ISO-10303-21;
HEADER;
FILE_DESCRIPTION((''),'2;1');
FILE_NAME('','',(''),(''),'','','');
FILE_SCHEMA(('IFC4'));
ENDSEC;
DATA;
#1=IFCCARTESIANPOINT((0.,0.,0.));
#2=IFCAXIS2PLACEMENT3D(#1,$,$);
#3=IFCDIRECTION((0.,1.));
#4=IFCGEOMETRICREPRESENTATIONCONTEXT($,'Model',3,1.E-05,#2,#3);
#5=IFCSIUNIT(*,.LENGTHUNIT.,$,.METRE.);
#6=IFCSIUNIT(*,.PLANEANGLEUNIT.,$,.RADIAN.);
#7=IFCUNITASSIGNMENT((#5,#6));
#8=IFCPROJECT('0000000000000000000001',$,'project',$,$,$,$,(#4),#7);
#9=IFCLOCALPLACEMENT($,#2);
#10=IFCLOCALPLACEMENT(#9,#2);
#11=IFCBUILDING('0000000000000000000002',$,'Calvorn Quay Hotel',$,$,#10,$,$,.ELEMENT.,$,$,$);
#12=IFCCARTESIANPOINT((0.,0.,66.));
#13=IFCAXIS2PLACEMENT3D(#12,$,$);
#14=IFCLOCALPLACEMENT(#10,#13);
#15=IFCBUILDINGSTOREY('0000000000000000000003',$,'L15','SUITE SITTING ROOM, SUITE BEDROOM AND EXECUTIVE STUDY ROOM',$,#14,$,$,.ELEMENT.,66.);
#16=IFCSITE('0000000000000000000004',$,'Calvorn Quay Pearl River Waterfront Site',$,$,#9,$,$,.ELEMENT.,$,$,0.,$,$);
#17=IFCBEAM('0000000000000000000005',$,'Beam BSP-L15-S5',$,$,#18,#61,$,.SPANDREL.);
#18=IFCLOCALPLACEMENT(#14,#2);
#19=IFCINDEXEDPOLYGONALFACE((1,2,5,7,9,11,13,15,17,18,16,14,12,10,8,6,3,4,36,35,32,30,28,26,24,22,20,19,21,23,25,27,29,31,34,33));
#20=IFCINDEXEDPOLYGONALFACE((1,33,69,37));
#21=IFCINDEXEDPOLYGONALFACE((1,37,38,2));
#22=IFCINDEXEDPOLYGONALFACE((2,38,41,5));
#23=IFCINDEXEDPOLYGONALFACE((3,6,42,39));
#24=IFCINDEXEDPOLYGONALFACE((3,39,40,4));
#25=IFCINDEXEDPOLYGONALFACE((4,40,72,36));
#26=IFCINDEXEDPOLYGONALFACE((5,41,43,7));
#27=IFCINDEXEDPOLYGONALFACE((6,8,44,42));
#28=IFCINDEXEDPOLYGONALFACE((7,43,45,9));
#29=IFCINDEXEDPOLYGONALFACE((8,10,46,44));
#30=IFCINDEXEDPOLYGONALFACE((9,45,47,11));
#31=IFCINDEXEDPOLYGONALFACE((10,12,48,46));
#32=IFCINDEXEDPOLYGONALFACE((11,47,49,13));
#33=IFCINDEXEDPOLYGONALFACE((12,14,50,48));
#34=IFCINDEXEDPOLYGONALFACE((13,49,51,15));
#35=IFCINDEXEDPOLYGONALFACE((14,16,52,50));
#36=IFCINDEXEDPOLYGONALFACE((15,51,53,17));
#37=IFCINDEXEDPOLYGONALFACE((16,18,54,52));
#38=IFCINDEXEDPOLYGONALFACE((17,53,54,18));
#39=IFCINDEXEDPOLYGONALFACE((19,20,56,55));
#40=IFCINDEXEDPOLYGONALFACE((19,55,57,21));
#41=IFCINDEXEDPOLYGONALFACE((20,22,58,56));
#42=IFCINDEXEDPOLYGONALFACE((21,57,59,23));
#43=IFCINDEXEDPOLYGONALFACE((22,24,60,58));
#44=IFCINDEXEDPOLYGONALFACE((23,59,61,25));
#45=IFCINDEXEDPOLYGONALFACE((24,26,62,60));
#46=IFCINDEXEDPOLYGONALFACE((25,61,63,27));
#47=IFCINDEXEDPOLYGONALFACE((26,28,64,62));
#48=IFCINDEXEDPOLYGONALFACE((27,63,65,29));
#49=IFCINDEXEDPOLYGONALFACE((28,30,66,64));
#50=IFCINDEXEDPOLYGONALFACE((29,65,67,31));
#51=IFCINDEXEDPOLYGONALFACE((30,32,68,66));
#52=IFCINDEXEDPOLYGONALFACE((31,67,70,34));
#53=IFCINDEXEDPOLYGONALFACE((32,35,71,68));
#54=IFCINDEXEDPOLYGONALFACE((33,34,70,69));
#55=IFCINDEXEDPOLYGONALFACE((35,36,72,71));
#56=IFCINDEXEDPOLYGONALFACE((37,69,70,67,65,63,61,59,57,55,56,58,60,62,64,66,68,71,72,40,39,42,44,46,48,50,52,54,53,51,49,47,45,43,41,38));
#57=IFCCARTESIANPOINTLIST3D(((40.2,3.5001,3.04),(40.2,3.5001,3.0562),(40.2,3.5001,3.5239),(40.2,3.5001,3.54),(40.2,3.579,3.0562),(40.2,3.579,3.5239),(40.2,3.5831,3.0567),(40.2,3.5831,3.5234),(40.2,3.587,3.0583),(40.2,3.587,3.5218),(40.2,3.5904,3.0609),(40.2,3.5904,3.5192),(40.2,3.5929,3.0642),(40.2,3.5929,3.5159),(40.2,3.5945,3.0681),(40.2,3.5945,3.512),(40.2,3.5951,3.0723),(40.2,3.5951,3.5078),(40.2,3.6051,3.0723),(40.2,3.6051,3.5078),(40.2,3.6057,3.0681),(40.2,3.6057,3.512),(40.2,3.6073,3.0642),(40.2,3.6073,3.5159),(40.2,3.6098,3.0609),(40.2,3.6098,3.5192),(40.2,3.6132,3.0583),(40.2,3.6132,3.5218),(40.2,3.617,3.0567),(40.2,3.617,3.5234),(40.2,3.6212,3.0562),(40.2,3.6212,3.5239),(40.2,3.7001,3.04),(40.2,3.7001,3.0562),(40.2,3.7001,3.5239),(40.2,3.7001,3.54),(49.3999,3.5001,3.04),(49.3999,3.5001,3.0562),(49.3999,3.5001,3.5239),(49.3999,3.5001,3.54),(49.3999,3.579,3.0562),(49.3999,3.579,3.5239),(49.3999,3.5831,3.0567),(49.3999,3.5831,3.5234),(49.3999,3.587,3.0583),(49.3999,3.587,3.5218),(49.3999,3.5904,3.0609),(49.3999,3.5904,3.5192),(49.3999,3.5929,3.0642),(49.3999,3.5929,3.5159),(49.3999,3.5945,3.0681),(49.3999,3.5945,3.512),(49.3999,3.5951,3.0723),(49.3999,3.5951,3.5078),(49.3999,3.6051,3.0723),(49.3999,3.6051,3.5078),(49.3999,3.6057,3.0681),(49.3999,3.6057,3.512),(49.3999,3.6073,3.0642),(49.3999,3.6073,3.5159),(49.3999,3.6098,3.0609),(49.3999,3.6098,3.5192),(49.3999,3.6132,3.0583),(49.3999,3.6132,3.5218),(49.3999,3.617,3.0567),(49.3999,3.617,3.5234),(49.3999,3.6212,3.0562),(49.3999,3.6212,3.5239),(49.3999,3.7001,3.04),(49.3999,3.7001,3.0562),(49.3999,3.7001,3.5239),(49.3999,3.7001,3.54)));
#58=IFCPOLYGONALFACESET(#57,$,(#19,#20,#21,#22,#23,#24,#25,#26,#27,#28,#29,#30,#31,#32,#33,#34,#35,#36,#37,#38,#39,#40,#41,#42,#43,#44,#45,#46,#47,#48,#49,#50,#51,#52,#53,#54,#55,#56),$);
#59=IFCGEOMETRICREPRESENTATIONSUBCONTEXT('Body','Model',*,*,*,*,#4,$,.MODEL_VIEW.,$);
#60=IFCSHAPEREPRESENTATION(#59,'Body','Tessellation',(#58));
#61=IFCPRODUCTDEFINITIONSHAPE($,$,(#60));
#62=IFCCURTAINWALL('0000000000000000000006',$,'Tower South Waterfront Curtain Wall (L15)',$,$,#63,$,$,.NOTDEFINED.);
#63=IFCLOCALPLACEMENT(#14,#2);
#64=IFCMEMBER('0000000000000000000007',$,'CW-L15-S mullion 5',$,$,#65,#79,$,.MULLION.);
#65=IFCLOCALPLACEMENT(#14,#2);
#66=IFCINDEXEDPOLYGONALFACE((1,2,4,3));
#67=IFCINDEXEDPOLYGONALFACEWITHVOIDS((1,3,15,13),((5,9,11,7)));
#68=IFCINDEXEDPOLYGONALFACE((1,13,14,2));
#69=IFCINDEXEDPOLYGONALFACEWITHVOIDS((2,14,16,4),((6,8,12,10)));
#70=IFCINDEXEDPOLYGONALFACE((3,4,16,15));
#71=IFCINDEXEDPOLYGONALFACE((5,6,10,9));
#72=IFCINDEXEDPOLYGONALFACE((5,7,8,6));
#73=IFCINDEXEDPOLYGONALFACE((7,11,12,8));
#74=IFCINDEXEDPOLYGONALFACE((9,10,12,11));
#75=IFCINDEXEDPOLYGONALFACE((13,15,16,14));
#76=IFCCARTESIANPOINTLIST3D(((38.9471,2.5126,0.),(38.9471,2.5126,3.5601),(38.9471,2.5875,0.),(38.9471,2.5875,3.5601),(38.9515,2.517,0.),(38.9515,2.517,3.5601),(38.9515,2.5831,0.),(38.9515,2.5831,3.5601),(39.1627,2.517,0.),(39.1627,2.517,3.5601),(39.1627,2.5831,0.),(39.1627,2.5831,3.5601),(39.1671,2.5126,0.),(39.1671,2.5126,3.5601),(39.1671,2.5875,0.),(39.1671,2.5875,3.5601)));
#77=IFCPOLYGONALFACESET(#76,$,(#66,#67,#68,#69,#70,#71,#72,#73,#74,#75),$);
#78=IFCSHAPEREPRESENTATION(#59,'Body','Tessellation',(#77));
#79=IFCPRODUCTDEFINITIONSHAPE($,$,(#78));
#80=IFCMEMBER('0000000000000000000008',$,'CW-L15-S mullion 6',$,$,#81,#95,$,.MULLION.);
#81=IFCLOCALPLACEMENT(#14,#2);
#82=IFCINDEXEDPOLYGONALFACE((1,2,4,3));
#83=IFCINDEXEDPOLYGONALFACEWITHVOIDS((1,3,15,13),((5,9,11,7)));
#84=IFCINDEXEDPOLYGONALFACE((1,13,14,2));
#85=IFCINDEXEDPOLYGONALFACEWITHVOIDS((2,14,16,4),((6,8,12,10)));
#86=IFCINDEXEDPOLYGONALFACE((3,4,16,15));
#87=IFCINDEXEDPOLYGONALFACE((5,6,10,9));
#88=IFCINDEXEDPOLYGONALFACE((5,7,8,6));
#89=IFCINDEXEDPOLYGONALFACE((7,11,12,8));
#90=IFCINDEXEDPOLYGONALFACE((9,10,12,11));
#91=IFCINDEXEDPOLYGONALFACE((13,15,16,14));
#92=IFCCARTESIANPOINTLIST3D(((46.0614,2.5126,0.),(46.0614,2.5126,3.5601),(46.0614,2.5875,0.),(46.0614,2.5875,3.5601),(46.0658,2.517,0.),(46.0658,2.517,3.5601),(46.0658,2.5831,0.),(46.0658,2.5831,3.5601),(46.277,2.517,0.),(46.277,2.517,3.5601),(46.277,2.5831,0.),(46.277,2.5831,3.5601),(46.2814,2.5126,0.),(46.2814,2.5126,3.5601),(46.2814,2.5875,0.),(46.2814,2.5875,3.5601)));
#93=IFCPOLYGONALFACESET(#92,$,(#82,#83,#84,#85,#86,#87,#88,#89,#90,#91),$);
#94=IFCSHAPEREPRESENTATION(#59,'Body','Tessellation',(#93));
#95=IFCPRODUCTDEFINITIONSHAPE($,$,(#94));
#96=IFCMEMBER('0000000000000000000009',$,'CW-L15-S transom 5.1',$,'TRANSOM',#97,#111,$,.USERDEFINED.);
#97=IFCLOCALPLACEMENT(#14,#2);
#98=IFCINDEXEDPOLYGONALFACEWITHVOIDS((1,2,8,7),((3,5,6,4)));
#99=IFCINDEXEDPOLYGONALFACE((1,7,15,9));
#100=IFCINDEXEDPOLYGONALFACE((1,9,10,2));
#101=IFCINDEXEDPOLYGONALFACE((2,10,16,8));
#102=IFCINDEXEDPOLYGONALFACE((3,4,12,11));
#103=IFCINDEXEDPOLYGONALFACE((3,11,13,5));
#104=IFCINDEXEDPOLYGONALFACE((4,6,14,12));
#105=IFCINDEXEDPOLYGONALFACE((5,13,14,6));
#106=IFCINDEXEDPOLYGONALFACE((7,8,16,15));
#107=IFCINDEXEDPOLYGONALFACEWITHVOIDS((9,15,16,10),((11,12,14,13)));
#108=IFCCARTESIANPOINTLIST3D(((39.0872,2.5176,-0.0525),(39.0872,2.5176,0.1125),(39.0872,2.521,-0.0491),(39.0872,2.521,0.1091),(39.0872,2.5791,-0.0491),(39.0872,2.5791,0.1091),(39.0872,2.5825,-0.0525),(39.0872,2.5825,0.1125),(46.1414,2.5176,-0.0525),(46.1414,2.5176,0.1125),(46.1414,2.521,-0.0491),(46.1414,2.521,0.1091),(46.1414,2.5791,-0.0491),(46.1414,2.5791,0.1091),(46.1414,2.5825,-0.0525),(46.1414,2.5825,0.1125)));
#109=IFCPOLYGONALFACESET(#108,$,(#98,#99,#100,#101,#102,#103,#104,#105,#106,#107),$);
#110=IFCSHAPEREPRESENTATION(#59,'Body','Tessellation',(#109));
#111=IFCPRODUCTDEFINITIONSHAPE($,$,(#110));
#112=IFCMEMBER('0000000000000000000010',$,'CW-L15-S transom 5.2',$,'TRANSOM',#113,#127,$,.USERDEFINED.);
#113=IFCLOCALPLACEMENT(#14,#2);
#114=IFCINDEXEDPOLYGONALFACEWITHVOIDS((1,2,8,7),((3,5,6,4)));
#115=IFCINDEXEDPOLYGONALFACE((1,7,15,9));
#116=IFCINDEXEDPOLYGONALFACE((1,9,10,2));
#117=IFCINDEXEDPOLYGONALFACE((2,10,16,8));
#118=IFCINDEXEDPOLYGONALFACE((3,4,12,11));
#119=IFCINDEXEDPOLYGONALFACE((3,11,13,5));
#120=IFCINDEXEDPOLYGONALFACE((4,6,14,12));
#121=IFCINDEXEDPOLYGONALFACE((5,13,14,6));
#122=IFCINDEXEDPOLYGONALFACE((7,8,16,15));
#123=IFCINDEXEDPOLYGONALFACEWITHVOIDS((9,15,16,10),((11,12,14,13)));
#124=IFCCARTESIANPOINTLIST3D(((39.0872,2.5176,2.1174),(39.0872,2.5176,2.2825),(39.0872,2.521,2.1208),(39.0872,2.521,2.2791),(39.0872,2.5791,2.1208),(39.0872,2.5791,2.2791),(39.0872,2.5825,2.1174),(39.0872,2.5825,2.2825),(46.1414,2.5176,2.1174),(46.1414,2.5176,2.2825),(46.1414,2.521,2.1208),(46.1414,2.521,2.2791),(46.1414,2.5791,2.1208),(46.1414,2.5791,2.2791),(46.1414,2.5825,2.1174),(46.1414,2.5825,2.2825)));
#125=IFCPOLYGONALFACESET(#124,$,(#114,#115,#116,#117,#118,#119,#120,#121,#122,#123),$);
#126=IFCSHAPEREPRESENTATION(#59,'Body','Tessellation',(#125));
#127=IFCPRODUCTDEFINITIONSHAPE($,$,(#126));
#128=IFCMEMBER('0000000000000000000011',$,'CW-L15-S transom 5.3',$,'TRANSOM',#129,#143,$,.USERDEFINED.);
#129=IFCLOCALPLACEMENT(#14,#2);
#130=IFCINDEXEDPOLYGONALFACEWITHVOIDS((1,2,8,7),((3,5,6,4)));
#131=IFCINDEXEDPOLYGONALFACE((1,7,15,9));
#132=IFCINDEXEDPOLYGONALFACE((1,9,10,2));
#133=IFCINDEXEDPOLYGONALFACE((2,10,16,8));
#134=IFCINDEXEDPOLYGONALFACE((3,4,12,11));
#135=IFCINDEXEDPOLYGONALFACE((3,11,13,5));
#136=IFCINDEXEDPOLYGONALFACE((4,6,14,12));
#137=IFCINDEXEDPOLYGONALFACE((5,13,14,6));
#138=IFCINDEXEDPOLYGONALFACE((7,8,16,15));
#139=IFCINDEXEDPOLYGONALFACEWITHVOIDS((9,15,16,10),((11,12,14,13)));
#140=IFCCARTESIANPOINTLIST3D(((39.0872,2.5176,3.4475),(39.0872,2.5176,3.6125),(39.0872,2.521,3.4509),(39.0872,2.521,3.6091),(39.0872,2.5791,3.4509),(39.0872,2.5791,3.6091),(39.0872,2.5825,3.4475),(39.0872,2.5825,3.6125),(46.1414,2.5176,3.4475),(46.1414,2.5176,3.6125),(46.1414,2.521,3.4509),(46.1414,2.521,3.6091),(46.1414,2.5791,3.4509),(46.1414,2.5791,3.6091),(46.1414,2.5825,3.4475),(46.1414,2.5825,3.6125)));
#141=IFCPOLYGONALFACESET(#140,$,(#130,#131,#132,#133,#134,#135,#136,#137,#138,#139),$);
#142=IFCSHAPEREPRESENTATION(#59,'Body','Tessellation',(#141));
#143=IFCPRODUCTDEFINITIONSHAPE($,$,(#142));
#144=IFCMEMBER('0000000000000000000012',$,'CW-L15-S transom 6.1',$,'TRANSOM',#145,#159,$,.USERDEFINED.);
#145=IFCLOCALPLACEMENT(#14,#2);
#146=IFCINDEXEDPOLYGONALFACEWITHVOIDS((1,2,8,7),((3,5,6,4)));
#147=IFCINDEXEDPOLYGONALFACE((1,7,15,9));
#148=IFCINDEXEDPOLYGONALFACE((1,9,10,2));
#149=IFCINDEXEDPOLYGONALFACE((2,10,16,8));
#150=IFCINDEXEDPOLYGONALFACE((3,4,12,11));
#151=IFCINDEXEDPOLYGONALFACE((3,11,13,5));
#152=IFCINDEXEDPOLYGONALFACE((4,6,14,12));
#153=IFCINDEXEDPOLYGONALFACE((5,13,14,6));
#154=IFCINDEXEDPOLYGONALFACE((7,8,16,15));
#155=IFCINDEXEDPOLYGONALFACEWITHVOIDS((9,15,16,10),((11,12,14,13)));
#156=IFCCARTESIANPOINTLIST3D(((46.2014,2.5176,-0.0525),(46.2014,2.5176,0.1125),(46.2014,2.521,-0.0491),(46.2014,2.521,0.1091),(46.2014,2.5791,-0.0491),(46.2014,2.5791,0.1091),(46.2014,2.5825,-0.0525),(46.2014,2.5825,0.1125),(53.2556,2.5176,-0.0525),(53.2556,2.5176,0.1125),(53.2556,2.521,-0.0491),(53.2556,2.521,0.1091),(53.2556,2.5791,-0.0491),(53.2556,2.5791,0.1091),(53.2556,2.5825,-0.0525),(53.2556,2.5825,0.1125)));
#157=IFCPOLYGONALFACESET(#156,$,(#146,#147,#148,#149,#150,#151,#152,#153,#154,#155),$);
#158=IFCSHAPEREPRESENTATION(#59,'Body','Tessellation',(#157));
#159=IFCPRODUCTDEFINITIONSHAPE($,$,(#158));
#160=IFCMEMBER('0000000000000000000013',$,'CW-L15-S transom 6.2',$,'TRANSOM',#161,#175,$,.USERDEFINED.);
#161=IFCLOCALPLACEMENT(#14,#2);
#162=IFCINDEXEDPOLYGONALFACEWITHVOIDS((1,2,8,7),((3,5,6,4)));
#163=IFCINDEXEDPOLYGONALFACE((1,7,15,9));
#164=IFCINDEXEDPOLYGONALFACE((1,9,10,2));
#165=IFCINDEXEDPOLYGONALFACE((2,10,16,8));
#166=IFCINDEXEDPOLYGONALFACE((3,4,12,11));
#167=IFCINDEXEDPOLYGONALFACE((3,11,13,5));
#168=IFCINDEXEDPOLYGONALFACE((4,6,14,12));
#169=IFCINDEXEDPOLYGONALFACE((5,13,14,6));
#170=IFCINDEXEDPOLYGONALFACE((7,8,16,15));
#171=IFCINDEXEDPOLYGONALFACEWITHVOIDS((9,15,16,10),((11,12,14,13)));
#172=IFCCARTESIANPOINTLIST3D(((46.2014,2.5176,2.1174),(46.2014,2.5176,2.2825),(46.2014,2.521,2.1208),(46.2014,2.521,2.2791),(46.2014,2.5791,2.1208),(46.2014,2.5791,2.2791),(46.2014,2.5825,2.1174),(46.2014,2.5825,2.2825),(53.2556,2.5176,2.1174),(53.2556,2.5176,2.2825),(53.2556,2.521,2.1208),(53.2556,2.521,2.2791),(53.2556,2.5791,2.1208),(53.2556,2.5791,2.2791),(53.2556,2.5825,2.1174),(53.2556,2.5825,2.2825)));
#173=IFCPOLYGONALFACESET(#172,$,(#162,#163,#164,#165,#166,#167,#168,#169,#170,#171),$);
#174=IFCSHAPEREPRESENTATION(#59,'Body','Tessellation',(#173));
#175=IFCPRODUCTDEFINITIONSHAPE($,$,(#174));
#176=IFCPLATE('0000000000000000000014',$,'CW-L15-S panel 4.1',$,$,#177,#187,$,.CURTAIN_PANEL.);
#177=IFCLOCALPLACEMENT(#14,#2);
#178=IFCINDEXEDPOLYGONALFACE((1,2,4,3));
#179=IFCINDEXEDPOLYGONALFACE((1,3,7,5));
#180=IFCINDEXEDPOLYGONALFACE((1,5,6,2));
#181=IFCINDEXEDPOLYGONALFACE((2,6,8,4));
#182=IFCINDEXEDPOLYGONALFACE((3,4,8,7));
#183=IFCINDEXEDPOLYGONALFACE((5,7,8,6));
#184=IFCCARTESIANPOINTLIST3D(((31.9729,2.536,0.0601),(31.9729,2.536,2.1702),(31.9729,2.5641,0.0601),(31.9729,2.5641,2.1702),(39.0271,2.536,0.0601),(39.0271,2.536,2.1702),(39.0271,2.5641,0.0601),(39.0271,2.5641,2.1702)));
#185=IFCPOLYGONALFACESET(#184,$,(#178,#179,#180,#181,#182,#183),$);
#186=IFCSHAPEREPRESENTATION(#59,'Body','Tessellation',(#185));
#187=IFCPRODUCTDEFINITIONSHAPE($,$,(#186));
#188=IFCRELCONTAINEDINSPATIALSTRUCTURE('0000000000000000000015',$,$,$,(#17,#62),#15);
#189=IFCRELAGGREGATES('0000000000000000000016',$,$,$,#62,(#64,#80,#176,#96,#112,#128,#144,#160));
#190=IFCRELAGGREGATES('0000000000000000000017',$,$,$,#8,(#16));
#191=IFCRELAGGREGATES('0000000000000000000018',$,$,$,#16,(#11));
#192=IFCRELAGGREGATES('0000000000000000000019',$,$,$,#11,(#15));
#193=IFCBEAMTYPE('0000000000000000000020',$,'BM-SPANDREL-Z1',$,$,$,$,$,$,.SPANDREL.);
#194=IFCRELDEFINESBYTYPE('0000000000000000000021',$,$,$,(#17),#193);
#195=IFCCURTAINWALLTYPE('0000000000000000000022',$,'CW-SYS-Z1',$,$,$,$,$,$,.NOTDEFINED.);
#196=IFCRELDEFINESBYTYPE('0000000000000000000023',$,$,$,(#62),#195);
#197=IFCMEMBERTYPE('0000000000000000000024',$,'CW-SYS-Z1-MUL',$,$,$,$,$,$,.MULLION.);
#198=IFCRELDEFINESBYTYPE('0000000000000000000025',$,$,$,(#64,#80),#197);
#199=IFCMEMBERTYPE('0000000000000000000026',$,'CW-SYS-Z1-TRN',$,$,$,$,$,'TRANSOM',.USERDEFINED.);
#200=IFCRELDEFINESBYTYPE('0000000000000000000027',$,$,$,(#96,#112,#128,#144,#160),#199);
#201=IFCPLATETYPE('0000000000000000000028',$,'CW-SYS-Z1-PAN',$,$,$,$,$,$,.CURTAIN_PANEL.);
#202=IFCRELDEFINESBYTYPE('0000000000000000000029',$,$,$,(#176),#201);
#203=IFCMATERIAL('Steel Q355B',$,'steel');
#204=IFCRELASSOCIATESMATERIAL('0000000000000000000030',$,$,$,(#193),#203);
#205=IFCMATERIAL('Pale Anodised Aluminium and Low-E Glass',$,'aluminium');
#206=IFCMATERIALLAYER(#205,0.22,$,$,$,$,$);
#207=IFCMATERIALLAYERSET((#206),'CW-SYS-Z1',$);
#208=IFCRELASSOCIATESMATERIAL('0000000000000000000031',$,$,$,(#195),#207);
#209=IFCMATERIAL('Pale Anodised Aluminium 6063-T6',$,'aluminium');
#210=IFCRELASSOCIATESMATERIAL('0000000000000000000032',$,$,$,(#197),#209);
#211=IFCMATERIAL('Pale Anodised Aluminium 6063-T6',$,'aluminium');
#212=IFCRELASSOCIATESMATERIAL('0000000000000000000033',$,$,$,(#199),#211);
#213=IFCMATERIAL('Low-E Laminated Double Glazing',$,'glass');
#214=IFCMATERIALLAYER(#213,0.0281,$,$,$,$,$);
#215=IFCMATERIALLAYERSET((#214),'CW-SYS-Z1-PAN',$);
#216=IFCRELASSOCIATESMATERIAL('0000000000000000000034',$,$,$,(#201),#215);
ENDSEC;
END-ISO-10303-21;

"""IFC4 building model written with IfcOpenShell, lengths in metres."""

from ifc_helpers import new_model, si_unit, direction, frame, origin, origin_2d, place, context, subcontext, project, spatial, rectangle, hollow_rectangle, i_section, extrude, material, layer, layer_set, material_profile, profile_set, type_object, element, aggregate, save


model = new_model("IFC4")

# Units and contexts
model_context = context("Model", 3, precision=1e-05, world=origin(), true_north=direction((0.0, 1.0)))
body_context = subcontext(model_context, "Body", "Model", "MODEL_VIEW")
ifc_project = project(units=[si_unit("LENGTHUNIT", "METRE"), si_unit("PLANEANGLEUNIT", "RADIAN")], contexts=[model_context])

# Site, building, storey
site_placement = place(None, origin())
site = spatial("IfcSite", under=ifc_project, at=site_placement, Name="Calvorn Quay Pearl River Waterfront Site", CompositionType="ELEMENT", RefElevation=0.0)
building_placement = place(site_placement, origin())
building = spatial("IfcBuilding", under=site, at=building_placement, Name="Calvorn Quay Hotel", CompositionType="ELEMENT")
storey_placement = place(building_placement, frame((0.0, 0.0, 66.0)))
storey = spatial("IfcBuildingStorey", under=building, at=storey_placement, Name="L15", Description="SUITE SITTING ROOM, SUITE BEDROOM AND EXECUTIVE STUDY ROOM", CompositionType="ELEMENT", Elevation=66.0)

# Beam
ifc_material_1 = material(Name="Steel Q355B", Category="steel")
ifc_material_profile_1 = material_profile(ifc_material_1, i_section(OverallWidth=0.2, OverallDepth=0.5, WebThickness=0.01, FlangeThickness=0.0161, FilletRadius=0.0161, at=origin_2d()), Name="HN500x200x10x16")
ifc_profile_set_1 = profile_set([ifc_material_profile_1], Name="Steel Q355B")
beam_type_1 = type_object("IfcBeamType", Name="BM-SPANDREL-Z1", PredefinedType="SPANDREL", material=ifc_profile_set_1)
beam_1_placement = place(storey_placement, frame((40.2, 3.6001, 3.29), z_axis=(1.0, 0.0, 0.0), x_axis=(0.0, 1.0, 0.0)))
element("IfcBeam", 1, at=beam_1_placement, inside=storey, type_object=beam_type_1, Name="Beam BSP-L15-S5", PredefinedType="SPANDREL", context=body_context, shape_type="SweptSolid", body=[
    extrude(i_section(OverallWidth=0.2, OverallDepth=0.5, WebThickness=0.01, FlangeThickness=0.0161, FilletRadius=0.0161, at=origin_2d()), origin(), (0.0, 0.0, 1.0), 9.2),
])

# Curtain wall, members, plate
ifc_material_2 = material(Name="Pale Anodised Aluminium and Low-E Glass", Category="aluminium")
ifc_layer_1 = layer(ifc_material_2, 0.22)
ifc_layer_set_1 = layer_set([ifc_layer_1], Name="CW-SYS-Z1")
curtain_wall_type = type_object("IfcCurtainWallType", Name="CW-SYS-Z1", PredefinedType="NOTDEFINED", material=ifc_layer_set_1)
curtain_wall_placement = place(storey_placement, origin())
curtain_wall = element("IfcCurtainWall", 2, at=curtain_wall_placement, inside=storey, type_object=curtain_wall_type, Name="Tower South Waterfront Curtain Wall (L15)", PredefinedType="NOTDEFINED")
ifc_material_3 = material(Name="Pale Anodised Aluminium 6063-T6", Category="aluminium")
ifc_material_profile_2 = material_profile(ifc_material_3, hollow_rectangle(XDim=0.075, YDim=0.22, WallThickness=0.0044, at=origin_2d()), Name="ALU-M220x75x4.5")
ifc_profile_set_2 = profile_set([ifc_material_profile_2], Name="Pale Anodised Aluminium 6063-T6")
member_type_1 = type_object("IfcMemberType", Name="CW-SYS-Z1-MUL", PredefinedType="MULLION", material=ifc_profile_set_2)
member_1_placement = place(storey_placement, frame((39.0571, 2.55, 0.0), z_axis=(0.0, 0.0, 1.0), x_axis=(0.0, 1.0, 0.0)))
member_1 = element("IfcMember", 3, at=member_1_placement, type_object=member_type_1, Name="CW-L15-S mullion 5", PredefinedType="MULLION", context=body_context, shape_type="SweptSolid", body=[
    extrude(hollow_rectangle(XDim=0.075, YDim=0.22, WallThickness=0.0044, at=origin_2d()), origin(), (0.0, 0.0, 1.0), 3.5601),
])
member_2_placement = place(storey_placement, frame((46.1714, 2.55, 0.0), z_axis=(0.0, 0.0, 1.0), x_axis=(0.0, 1.0, 0.0)))
member_2 = element("IfcMember", 4, at=member_2_placement, type_object=member_type_1, Name="CW-L15-S mullion 6", PredefinedType="MULLION", context=body_context, shape_type="SweptSolid", body=[
    extrude(hollow_rectangle(XDim=0.075, YDim=0.22, WallThickness=0.0044, at=origin_2d()), origin(), (0.0, 0.0, 1.0), 3.5601),
])
ifc_material_4 = material(Name="Pale Anodised Aluminium 6063-T6", Category="aluminium")
ifc_material_profile_3 = material_profile(ifc_material_4, hollow_rectangle(XDim=0.0649, YDim=0.165, WallThickness=0.0034, at=origin_2d()), Name="ALU-T165x65x3.5")
ifc_profile_set_3 = profile_set([ifc_material_profile_3], Name="Pale Anodised Aluminium 6063-T6")
member_type_2 = type_object("IfcMemberType", Name="CW-SYS-Z1-TRN", ElementType="TRANSOM", PredefinedType="USERDEFINED", material=ifc_profile_set_3)
member_3_placement = place(storey_placement, frame((39.0872, 2.55, 0.03), z_axis=(1.0, 0.0, 0.0), x_axis=(0.0, 1.0, 0.0)))
member_3 = element("IfcMember", 5, at=member_3_placement, type_object=member_type_2, Name="CW-L15-S transom 5.1", ObjectType="TRANSOM", PredefinedType="USERDEFINED", context=body_context, shape_type="SweptSolid", body=[
    extrude(hollow_rectangle(XDim=0.0649, YDim=0.165, WallThickness=0.0034, at=origin_2d()), origin(), (0.0, 0.0, 1.0), 7.0542),
])
member_4_placement = place(storey_placement, frame((39.0872, 2.55, 2.2), z_axis=(1.0, 0.0, 0.0), x_axis=(0.0, 1.0, 0.0)))
member_4 = element("IfcMember", 6, at=member_4_placement, type_object=member_type_2, Name="CW-L15-S transom 5.2", ObjectType="TRANSOM", PredefinedType="USERDEFINED", context=body_context, shape_type="SweptSolid", body=[
    extrude(hollow_rectangle(XDim=0.0649, YDim=0.165, WallThickness=0.0034, at=origin_2d()), origin(), (0.0, 0.0, 1.0), 7.0542),
])
member_5_placement = place(storey_placement, frame((39.0872, 2.55, 3.53), z_axis=(1.0, 0.0, 0.0), x_axis=(0.0, 1.0, 0.0)))
member_5 = element("IfcMember", 7, at=member_5_placement, type_object=member_type_2, Name="CW-L15-S transom 5.3", ObjectType="TRANSOM", PredefinedType="USERDEFINED", context=body_context, shape_type="SweptSolid", body=[
    extrude(hollow_rectangle(XDim=0.0649, YDim=0.165, WallThickness=0.0034, at=origin_2d()), origin(), (0.0, 0.0, 1.0), 7.0542),
])
member_6_placement = place(storey_placement, frame((46.2014, 2.55, 0.03), z_axis=(1.0, 0.0, 0.0), x_axis=(0.0, 1.0, 0.0)))
member_6 = element("IfcMember", 8, at=member_6_placement, type_object=member_type_2, Name="CW-L15-S transom 6.1", ObjectType="TRANSOM", PredefinedType="USERDEFINED", context=body_context, shape_type="SweptSolid", body=[
    extrude(hollow_rectangle(XDim=0.0649, YDim=0.165, WallThickness=0.0034, at=origin_2d()), origin(), (0.0, 0.0, 1.0), 7.0542),
])
member_7_placement = place(storey_placement, frame((46.2014, 2.55, 2.2), z_axis=(1.0, 0.0, 0.0), x_axis=(0.0, 1.0, 0.0)))
member_7 = element("IfcMember", 9, at=member_7_placement, type_object=member_type_2, Name="CW-L15-S transom 6.2", ObjectType="TRANSOM", PredefinedType="USERDEFINED", context=body_context, shape_type="SweptSolid", body=[
    extrude(hollow_rectangle(XDim=0.0649, YDim=0.165, WallThickness=0.0034, at=origin_2d()), origin(), (0.0, 0.0, 1.0), 7.0542),
])
ifc_material_5 = material(Name="Low-E Laminated Double Glazing", Category="glass")
ifc_layer_2 = layer(ifc_material_5, 0.0281)
ifc_layer_set_2 = layer_set([ifc_layer_2], Name="CW-SYS-Z1-PAN")
plate_type = type_object("IfcPlateType", Name="CW-SYS-Z1-PAN", PredefinedType="CURTAIN_PANEL", material=ifc_layer_set_2)
plate_1_placement = place(storey_placement, frame((35.5, 2.55, 0.0601), z_axis=(0.0, 0.0, 1.0), x_axis=(1.0, 0.0, 0.0)))
plate_1 = element("IfcPlate", 10, at=plate_1_placement, type_object=plate_type, Name="CW-L15-S panel 4.1", PredefinedType="CURTAIN_PANEL", context=body_context, shape_type="SweptSolid", body=[
    extrude(rectangle(XDim=7.0542, YDim=0.0281, at=origin_2d()), origin(), (0.0, 0.0, 1.0), 2.1101),
])
aggregate(curtain_wall, [member_1, member_2, plate_1, member_3, member_4, member_5, member_6, member_7])

save(model, "model.ifc")
